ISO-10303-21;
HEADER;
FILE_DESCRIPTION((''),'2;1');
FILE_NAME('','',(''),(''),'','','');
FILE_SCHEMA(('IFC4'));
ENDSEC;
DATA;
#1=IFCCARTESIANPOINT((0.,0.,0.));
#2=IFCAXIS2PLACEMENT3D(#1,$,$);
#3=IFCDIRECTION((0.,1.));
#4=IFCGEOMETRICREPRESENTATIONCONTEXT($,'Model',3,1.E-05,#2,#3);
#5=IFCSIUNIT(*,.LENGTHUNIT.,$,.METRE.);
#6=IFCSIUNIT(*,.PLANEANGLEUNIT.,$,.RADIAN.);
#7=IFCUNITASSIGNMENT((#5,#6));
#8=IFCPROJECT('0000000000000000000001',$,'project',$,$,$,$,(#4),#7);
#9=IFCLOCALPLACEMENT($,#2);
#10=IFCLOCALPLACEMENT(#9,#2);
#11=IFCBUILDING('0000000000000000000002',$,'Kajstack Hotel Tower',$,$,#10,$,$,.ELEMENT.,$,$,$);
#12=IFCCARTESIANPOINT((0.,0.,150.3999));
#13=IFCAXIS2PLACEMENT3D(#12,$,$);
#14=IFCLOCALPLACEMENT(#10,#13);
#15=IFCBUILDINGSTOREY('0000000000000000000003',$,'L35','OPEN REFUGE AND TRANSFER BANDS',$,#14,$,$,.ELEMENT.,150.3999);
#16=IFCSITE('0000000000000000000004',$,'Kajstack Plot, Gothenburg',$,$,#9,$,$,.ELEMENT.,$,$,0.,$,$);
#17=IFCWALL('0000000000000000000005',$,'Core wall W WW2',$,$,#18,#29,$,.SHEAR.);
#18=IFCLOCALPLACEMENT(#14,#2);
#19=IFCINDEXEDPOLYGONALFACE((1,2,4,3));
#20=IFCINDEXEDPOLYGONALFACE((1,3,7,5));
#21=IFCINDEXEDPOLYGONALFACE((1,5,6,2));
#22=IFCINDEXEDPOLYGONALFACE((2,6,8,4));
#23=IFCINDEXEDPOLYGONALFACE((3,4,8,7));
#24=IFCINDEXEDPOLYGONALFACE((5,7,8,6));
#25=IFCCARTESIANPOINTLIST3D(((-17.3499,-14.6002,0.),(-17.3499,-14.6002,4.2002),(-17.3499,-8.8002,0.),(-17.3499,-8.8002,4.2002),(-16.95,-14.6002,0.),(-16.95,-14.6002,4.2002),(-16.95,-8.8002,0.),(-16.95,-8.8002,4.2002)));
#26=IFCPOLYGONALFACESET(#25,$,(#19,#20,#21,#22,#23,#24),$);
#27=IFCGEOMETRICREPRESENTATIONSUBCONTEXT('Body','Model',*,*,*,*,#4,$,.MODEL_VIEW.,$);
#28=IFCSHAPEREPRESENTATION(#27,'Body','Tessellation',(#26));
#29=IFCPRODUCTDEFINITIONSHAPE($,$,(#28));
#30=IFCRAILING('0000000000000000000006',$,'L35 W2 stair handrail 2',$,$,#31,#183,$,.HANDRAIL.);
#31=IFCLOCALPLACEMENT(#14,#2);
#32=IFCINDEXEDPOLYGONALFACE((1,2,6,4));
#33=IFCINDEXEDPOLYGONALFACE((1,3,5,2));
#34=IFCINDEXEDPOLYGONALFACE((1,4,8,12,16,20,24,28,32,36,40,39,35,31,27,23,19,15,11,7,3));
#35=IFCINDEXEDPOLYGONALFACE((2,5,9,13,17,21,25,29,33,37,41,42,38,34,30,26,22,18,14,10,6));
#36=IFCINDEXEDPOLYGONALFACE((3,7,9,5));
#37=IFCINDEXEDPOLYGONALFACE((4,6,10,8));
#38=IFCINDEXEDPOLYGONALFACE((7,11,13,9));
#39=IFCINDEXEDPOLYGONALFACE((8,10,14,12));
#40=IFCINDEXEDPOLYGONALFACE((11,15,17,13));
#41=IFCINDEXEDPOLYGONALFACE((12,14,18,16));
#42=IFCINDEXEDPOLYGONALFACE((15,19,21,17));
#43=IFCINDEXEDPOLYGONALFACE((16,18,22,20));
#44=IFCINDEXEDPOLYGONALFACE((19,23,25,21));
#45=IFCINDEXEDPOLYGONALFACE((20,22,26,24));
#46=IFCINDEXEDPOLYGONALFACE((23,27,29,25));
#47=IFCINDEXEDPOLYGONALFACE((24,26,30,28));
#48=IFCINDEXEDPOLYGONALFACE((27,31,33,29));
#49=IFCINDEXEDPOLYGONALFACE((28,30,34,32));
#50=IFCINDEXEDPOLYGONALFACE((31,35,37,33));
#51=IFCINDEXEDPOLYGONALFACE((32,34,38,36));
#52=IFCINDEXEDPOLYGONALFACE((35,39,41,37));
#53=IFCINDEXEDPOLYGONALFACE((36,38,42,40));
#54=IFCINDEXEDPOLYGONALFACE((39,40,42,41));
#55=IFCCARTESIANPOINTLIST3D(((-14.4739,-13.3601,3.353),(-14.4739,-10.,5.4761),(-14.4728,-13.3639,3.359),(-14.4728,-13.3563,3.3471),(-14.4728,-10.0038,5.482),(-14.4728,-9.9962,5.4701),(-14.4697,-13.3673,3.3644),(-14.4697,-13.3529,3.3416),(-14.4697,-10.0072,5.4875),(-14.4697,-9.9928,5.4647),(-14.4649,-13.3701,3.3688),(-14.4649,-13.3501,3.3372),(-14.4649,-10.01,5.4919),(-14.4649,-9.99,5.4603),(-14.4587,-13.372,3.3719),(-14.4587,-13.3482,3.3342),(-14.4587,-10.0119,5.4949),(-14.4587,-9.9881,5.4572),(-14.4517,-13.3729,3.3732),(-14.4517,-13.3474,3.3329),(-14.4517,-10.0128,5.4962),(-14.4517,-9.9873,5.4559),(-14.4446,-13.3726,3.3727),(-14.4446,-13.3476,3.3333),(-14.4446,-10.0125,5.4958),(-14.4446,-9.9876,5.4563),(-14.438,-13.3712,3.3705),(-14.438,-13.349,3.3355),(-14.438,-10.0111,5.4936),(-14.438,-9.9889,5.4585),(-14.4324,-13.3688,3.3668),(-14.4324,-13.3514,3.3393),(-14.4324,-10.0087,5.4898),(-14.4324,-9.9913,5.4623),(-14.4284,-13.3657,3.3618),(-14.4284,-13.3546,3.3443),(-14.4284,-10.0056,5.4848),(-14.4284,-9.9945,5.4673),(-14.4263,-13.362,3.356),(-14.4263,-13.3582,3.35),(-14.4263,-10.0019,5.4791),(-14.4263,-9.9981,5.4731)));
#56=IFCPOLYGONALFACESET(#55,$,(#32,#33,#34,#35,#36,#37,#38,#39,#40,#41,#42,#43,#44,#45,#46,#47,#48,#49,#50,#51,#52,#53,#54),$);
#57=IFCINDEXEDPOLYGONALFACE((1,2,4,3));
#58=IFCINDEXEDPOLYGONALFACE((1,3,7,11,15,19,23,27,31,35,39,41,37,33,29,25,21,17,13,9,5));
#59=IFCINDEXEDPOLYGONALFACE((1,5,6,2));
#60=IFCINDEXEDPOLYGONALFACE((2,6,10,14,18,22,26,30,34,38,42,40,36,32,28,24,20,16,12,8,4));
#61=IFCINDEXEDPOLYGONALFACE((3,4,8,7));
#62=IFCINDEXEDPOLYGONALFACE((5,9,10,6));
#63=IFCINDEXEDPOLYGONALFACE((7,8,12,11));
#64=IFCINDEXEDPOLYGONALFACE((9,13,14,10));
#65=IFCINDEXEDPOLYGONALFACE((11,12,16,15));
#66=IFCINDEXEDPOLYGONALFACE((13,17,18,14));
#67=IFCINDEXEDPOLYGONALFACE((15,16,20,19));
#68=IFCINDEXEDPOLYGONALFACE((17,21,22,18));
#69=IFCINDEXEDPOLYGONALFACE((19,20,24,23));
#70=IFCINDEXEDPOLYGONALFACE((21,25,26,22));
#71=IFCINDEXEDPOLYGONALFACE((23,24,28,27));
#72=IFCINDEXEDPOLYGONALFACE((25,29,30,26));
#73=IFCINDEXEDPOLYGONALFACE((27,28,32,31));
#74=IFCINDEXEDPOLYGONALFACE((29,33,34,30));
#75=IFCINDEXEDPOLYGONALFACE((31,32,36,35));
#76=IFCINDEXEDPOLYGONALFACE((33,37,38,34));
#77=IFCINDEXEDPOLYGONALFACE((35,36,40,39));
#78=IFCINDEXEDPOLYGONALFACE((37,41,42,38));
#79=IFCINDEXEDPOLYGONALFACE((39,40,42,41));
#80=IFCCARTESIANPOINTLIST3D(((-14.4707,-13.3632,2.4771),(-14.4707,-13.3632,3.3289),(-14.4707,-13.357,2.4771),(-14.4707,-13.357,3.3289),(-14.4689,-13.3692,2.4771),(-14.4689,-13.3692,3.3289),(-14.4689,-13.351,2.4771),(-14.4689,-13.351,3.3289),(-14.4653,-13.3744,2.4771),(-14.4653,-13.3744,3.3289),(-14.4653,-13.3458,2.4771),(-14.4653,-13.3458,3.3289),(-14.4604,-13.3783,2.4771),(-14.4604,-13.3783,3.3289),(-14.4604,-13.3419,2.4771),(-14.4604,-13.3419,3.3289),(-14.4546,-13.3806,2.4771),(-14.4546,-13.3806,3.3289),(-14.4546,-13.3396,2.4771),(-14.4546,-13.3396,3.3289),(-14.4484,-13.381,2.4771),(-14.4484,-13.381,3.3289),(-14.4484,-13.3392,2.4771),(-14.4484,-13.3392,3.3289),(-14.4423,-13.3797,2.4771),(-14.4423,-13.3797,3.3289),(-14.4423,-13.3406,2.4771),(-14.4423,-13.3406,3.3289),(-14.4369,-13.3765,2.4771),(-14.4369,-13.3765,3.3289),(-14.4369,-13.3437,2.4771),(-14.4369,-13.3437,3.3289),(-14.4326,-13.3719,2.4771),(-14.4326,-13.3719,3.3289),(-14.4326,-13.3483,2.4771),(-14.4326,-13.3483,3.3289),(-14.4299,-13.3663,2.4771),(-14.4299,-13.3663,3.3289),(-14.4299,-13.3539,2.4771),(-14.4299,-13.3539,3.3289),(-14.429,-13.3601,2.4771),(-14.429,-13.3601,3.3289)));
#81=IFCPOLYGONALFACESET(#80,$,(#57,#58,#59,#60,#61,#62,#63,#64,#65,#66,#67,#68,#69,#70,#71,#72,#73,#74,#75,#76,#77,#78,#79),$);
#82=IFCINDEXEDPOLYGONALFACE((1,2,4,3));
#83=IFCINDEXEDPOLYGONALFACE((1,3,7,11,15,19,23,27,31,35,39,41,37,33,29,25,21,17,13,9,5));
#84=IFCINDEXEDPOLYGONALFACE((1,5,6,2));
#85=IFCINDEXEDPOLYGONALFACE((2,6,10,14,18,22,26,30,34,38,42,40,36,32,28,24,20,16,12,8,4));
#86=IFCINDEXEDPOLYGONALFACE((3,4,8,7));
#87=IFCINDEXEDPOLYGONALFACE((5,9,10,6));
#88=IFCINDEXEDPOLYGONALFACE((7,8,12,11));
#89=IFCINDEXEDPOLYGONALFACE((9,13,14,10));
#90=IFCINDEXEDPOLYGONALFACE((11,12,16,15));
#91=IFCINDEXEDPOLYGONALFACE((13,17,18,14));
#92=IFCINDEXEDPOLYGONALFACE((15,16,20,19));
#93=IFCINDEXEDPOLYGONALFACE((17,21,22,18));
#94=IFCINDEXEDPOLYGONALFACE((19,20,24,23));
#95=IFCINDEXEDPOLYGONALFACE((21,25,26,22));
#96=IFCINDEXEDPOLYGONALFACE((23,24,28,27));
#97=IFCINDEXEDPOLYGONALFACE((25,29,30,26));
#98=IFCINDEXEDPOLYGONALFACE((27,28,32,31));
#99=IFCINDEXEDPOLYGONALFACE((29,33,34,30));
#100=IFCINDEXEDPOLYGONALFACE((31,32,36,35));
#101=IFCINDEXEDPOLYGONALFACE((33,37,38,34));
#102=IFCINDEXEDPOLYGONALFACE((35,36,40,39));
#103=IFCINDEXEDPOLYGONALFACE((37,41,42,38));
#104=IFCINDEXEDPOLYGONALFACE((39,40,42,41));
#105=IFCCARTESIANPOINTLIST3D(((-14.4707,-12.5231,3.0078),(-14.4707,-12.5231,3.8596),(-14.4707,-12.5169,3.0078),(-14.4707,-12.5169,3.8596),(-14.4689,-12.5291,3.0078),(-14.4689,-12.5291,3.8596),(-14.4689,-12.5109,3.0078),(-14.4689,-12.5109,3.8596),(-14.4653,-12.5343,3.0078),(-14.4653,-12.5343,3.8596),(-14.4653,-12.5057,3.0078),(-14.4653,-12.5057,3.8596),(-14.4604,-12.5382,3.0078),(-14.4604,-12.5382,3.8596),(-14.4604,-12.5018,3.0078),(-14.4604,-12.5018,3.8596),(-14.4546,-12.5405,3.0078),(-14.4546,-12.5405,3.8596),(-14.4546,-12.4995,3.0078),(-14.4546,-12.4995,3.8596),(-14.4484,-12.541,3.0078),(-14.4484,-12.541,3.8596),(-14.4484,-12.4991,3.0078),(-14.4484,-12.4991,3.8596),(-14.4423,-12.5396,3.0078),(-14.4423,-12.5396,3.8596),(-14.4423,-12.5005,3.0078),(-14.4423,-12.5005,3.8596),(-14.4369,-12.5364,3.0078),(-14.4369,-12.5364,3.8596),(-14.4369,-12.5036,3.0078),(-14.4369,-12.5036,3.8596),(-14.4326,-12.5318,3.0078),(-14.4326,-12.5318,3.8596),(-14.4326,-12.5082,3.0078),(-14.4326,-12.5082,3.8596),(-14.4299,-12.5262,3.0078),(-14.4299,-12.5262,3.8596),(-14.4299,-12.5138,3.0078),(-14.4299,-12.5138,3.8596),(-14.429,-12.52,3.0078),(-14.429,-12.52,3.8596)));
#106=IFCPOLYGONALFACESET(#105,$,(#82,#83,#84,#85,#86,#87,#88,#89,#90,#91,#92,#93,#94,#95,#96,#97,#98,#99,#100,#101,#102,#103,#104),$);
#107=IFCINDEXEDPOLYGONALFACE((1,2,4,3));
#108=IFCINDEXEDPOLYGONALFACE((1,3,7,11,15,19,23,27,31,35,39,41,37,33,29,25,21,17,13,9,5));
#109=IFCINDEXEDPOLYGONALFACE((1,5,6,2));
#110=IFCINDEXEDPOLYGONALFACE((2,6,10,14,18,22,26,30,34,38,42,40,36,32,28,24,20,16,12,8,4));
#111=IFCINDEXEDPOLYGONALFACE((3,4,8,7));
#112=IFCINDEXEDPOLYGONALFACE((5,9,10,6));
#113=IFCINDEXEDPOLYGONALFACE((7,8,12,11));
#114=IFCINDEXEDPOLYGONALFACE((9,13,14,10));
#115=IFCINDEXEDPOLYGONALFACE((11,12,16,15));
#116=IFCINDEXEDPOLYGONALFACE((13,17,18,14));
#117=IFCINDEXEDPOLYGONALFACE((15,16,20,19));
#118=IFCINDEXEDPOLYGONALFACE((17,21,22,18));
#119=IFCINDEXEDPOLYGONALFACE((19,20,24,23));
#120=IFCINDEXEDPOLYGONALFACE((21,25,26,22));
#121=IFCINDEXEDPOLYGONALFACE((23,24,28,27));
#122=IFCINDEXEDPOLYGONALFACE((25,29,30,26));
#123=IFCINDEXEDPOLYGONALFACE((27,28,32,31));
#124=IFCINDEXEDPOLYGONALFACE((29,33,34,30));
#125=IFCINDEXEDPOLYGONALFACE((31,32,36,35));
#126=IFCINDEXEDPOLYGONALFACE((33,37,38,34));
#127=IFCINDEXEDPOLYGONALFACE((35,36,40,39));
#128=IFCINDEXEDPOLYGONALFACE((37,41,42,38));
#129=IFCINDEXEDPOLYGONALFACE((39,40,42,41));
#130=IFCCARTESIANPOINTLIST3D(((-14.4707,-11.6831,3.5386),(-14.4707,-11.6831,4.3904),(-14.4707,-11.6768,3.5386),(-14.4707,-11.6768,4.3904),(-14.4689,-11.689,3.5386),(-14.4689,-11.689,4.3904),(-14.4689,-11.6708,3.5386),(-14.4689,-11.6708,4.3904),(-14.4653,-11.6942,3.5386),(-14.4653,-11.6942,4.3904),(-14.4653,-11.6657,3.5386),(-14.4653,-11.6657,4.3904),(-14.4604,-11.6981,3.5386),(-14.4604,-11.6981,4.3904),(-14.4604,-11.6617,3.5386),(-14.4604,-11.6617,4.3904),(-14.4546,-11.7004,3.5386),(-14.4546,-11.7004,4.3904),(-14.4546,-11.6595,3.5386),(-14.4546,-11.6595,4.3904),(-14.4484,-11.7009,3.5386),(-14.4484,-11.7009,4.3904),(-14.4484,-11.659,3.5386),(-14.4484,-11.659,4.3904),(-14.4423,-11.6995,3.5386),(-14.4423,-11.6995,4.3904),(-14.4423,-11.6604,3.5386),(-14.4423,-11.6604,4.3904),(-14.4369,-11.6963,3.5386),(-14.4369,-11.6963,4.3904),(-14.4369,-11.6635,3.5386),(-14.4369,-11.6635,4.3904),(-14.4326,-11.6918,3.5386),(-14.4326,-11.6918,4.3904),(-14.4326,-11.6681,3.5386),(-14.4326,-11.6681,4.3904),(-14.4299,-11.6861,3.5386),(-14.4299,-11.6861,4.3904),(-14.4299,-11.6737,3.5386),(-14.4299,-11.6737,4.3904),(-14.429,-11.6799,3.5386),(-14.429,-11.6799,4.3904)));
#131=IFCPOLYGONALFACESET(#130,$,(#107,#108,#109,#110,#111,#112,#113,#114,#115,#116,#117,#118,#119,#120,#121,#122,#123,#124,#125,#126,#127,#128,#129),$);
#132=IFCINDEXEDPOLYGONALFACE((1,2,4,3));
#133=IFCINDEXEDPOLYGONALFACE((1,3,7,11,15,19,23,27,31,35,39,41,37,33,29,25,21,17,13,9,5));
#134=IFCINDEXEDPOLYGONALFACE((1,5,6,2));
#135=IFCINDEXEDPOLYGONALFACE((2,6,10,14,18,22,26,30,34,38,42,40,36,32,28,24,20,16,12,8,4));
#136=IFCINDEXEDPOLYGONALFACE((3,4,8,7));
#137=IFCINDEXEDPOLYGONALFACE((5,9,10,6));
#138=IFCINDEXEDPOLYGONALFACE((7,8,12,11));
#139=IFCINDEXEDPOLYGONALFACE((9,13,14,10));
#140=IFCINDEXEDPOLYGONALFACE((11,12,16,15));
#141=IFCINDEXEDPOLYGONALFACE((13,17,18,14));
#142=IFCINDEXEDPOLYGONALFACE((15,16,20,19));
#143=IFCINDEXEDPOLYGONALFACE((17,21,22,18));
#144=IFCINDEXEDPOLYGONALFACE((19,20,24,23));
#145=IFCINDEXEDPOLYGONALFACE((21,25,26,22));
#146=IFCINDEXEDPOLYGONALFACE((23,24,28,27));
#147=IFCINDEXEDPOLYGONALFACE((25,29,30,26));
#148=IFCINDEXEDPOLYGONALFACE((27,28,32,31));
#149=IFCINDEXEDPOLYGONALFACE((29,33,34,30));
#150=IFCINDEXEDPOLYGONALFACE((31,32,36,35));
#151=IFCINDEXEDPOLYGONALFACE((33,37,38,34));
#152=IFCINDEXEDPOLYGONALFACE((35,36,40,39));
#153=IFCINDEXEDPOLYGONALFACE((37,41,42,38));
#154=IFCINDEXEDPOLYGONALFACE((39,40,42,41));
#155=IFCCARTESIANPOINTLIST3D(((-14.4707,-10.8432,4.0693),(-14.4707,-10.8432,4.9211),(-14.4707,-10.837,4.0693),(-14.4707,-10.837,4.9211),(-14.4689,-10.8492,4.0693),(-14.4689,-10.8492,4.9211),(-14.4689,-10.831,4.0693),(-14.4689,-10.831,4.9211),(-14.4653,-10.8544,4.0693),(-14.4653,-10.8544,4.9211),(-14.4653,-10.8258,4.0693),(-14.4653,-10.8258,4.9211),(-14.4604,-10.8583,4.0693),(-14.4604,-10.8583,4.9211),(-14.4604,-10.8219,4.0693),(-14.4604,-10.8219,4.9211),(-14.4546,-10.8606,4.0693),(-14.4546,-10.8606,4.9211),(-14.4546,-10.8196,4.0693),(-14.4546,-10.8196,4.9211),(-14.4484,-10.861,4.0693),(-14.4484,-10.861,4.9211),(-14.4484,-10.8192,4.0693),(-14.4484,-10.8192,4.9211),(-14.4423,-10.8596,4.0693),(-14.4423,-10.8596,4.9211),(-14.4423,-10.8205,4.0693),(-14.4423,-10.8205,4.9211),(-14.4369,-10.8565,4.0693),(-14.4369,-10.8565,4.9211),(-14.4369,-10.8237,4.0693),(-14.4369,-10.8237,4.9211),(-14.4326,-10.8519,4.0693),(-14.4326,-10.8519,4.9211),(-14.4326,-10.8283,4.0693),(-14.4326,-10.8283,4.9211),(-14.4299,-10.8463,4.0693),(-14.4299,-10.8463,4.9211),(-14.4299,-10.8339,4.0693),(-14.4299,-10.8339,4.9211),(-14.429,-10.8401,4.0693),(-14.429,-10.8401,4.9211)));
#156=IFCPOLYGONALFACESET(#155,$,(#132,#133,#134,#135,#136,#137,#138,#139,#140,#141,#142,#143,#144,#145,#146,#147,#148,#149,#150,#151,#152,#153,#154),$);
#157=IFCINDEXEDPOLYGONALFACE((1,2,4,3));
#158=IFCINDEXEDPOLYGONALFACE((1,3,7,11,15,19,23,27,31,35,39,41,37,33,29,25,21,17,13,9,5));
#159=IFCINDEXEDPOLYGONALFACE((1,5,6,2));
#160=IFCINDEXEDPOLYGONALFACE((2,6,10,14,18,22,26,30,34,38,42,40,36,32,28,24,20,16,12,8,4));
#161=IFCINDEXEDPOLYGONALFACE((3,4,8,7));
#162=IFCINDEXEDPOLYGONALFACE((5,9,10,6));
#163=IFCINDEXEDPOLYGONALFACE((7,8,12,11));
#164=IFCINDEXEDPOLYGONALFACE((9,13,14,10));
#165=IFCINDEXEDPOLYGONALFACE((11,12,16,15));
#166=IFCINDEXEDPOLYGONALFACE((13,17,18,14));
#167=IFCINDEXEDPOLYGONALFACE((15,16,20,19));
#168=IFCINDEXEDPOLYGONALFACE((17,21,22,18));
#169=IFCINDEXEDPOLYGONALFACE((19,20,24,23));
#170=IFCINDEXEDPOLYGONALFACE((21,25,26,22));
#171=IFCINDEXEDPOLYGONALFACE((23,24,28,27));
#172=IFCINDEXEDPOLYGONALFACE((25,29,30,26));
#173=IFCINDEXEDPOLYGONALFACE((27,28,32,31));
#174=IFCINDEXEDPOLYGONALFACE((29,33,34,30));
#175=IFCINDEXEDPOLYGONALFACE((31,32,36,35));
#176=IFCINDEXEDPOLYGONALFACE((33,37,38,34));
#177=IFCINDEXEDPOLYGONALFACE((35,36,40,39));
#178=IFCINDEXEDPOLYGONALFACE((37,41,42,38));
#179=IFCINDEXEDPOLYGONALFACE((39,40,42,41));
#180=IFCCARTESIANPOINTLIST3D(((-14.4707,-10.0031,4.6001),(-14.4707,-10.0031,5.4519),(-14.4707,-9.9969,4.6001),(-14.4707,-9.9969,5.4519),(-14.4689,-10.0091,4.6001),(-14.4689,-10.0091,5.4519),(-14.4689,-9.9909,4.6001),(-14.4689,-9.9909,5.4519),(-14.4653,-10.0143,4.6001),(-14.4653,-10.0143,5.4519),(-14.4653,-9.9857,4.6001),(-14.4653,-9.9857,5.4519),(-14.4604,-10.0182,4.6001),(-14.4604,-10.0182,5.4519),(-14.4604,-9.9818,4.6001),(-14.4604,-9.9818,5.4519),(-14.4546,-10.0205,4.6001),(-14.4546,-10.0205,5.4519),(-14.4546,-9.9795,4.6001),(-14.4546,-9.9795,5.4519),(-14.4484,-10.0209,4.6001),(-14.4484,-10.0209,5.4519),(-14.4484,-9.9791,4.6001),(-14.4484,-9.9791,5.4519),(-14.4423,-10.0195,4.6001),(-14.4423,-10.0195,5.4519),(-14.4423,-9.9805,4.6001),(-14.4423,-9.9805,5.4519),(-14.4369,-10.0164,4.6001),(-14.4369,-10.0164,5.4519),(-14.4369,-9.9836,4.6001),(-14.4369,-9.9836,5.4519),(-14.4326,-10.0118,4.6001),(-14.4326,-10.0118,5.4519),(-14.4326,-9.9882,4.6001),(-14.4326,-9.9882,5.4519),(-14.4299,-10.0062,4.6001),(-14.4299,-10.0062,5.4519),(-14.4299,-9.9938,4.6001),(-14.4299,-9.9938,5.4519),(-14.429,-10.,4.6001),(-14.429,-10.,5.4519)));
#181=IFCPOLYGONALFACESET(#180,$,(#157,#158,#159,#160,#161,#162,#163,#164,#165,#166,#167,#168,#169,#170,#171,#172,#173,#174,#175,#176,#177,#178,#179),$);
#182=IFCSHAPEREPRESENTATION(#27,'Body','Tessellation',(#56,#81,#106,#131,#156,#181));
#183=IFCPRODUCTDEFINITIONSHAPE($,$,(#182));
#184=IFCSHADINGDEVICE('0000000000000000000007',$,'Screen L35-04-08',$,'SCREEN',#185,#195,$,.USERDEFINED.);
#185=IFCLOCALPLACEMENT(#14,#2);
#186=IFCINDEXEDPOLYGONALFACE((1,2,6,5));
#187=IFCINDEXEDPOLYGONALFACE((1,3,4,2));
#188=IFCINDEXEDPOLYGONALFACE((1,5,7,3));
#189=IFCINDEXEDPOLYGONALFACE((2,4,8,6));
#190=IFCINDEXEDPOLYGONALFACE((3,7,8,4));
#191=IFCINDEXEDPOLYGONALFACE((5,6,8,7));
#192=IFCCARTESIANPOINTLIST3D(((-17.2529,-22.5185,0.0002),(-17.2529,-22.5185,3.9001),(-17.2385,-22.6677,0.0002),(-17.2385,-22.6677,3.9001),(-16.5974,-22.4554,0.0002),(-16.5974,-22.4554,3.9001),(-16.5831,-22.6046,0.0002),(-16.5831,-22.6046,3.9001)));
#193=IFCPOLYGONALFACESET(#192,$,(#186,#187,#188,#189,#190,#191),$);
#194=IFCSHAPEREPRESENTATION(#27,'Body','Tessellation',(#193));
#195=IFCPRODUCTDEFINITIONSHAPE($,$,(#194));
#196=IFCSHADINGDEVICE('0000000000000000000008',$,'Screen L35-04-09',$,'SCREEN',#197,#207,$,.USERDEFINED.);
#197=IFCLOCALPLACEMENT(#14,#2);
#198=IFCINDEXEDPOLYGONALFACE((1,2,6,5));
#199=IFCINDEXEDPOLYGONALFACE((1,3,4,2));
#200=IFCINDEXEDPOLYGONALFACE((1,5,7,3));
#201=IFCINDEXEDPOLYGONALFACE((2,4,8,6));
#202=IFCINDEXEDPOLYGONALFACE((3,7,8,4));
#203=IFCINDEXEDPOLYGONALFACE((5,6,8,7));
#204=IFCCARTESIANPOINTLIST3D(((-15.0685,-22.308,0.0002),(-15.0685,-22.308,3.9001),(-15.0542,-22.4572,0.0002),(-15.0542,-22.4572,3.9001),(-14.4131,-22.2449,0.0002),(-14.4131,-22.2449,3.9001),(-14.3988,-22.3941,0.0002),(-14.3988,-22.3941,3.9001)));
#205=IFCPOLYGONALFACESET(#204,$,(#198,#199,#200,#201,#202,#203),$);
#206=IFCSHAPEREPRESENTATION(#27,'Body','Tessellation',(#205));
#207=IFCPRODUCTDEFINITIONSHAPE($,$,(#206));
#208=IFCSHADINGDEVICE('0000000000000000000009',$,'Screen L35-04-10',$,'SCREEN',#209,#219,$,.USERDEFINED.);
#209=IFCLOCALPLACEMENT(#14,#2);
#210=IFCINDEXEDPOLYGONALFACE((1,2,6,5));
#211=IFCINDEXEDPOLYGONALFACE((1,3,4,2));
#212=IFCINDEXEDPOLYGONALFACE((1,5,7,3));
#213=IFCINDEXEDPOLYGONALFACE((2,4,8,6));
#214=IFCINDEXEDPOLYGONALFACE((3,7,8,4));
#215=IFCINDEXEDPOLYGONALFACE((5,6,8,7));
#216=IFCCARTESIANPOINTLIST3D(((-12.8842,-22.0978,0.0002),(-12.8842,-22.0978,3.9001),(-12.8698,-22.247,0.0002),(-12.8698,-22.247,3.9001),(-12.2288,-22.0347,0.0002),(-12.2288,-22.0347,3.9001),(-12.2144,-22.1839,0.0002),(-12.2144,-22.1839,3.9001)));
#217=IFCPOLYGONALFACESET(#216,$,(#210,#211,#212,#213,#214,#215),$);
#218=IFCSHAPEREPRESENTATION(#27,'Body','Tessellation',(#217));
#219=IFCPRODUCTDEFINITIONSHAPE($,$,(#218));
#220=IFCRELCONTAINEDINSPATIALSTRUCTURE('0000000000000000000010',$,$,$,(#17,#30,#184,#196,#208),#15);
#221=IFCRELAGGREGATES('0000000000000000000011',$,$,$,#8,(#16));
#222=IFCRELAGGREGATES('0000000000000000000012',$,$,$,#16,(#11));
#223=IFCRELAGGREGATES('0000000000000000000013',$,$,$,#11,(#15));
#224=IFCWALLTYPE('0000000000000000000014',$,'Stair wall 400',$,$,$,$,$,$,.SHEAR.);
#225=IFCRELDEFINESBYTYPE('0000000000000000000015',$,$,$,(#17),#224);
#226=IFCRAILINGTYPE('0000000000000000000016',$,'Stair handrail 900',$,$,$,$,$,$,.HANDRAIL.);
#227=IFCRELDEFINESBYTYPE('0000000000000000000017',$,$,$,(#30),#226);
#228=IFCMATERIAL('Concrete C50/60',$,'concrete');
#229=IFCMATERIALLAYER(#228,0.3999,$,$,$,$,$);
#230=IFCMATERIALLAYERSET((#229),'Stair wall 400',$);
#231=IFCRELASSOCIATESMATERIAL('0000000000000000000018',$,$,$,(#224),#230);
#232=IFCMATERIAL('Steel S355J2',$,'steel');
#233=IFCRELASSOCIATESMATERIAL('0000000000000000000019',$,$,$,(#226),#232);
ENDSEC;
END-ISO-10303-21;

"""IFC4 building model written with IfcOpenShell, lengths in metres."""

from ifc_helpers import new_model, si_unit, direction, frame, frame_2d, origin, origin_2d, place, context, subcontext, project, spatial, rectangle, circle, extrude, material, layer, layer_set, type_object, element, save


model = new_model("IFC4")

# Units and contexts
model_context = context("Model", 3, precision=1e-05, world=origin(), true_north=direction((0.0, 1.0)))
body_context = subcontext(model_context, "Body", "Model", "MODEL_VIEW")
ifc_project = project(units=[si_unit("LENGTHUNIT", "METRE"), si_unit("PLANEANGLEUNIT", "RADIAN")], contexts=[model_context])

# Site, building, storey
site_placement = place(None, origin())
site = spatial("IfcSite", under=ifc_project, at=site_placement, Name="Kajstack Plot, Gothenburg", CompositionType="ELEMENT", RefElevation=0.0)
building_placement = place(site_placement, origin())
building = spatial("IfcBuilding", under=site, at=building_placement, Name="Kajstack Hotel Tower", CompositionType="ELEMENT")
storey_placement = place(building_placement, frame((0.0, 0.0, 150.3999)))
storey = spatial("IfcBuildingStorey", under=building, at=storey_placement, Name="L35", Description="OPEN REFUGE AND TRANSFER BANDS", CompositionType="ELEMENT", Elevation=150.3999)

# Shared definitions
ifc_material_1 = material(Name="Steel S355J2", Category="steel")

# Wall
ifc_material_2 = material(Name="Concrete C50/60", Category="concrete")
ifc_layer_1 = layer(ifc_material_2, 0.3999)
ifc_layer_set_1 = layer_set([ifc_layer_1], Name="Stair wall 400")
wall_type_1 = type_object("IfcWallType", Name="Stair wall 400", PredefinedType="SHEAR", material=ifc_layer_set_1)
wall_1_placement = place(storey_placement, frame((-17.1499, -14.6001, 0.0), z_axis=(0.0, 0.0, 1.0), x_axis=(0.0, 1.0, 0.0)))
element("IfcWall", 1, at=wall_1_placement, inside=storey, type_object=wall_type_1, Name="Core wall W WW2", PredefinedType="SHEAR", context=body_context, shape_type="SweptSolid", body=[
    extrude(rectangle(XDim=5.8, YDim=0.3999, at=frame_2d((2.8999, 0.0))), origin(), (0.0, 0.0, 1.0), 4.2002),
])

# Railing
railing_type = type_object("IfcRailingType", Name="Stair handrail 900", PredefinedType="HANDRAIL", material=ifc_material_1)
railing_placement = place(storey_placement, frame((-14.45, -13.3601, 2.4771)))
element("IfcRailing", 2, at=railing_placement, inside=storey, type_object=railing_type, Name="L35 W2 stair handrail 2", PredefinedType="HANDRAIL", context=body_context, shape_type="SweptSolid", body=[
    extrude(circle(Radius=0.0239, at=origin_2d()), frame((0.0, 0.0, 0.876), z_axis=(0.0, 0.84539, 0.53415), x_axis=(-1.0, 0.0, 0.0)), (0.0, 0.0, 1.0), 3.9746),
    extrude(circle(Radius=0.021, at=origin_2d()), origin(), (0.0, 0.0, 1.0), 0.8518),
    extrude(circle(Radius=0.021, at=origin_2d()), frame((0.0, 0.8401, 0.5308)), (0.0, 0.0, 1.0), 0.8518),
    extrude(circle(Radius=0.021, at=origin_2d()), frame((0.0, 1.6802, 1.0615)), (0.0, 0.0, 1.0), 0.8518),
    extrude(circle(Radius=0.021, at=origin_2d()), frame((0.0, 2.52, 1.5923)), (0.0, 0.0, 1.0), 0.8518),
    extrude(circle(Radius=0.021, at=origin_2d()), frame((0.0, 3.3601, 2.123)), (0.0, 0.0, 1.0), 0.8518),
])

# Shading devices
for number, where, z_axis, x_axis, name in (
    (3, (-16.918, -22.5615, 0.0002), (0.0, 0.0, 1.0), (0.995396, 0.095846, 0.0), "Screen L35-04-08"),
    (4, (-14.7336, -22.3511, 0.0002), (0.0, 0.0, 1.0), (0.995396, 0.095846, 0.0), "Screen L35-04-09"),
    (5, (-12.5493, -22.1409, 0.0002), (0.0, 0.0, 1.0), (0.995396, 0.095846, 0.0), "Screen L35-04-10"),
):
    element("IfcShadingDevice", number, at=place(storey_placement, frame(where, z_axis=z_axis, x_axis=x_axis)), inside=storey, Name=name, ObjectType="SCREEN", PredefinedType="USERDEFINED", context=body_context, shape_type="SweptSolid", body=[
        extrude(rectangle(XDim=0.6584, YDim=0.1499, at=origin_2d()), origin(), (0.0, 0.0, 1.0), 3.8999),
    ])

save(model, "model.ifc")
